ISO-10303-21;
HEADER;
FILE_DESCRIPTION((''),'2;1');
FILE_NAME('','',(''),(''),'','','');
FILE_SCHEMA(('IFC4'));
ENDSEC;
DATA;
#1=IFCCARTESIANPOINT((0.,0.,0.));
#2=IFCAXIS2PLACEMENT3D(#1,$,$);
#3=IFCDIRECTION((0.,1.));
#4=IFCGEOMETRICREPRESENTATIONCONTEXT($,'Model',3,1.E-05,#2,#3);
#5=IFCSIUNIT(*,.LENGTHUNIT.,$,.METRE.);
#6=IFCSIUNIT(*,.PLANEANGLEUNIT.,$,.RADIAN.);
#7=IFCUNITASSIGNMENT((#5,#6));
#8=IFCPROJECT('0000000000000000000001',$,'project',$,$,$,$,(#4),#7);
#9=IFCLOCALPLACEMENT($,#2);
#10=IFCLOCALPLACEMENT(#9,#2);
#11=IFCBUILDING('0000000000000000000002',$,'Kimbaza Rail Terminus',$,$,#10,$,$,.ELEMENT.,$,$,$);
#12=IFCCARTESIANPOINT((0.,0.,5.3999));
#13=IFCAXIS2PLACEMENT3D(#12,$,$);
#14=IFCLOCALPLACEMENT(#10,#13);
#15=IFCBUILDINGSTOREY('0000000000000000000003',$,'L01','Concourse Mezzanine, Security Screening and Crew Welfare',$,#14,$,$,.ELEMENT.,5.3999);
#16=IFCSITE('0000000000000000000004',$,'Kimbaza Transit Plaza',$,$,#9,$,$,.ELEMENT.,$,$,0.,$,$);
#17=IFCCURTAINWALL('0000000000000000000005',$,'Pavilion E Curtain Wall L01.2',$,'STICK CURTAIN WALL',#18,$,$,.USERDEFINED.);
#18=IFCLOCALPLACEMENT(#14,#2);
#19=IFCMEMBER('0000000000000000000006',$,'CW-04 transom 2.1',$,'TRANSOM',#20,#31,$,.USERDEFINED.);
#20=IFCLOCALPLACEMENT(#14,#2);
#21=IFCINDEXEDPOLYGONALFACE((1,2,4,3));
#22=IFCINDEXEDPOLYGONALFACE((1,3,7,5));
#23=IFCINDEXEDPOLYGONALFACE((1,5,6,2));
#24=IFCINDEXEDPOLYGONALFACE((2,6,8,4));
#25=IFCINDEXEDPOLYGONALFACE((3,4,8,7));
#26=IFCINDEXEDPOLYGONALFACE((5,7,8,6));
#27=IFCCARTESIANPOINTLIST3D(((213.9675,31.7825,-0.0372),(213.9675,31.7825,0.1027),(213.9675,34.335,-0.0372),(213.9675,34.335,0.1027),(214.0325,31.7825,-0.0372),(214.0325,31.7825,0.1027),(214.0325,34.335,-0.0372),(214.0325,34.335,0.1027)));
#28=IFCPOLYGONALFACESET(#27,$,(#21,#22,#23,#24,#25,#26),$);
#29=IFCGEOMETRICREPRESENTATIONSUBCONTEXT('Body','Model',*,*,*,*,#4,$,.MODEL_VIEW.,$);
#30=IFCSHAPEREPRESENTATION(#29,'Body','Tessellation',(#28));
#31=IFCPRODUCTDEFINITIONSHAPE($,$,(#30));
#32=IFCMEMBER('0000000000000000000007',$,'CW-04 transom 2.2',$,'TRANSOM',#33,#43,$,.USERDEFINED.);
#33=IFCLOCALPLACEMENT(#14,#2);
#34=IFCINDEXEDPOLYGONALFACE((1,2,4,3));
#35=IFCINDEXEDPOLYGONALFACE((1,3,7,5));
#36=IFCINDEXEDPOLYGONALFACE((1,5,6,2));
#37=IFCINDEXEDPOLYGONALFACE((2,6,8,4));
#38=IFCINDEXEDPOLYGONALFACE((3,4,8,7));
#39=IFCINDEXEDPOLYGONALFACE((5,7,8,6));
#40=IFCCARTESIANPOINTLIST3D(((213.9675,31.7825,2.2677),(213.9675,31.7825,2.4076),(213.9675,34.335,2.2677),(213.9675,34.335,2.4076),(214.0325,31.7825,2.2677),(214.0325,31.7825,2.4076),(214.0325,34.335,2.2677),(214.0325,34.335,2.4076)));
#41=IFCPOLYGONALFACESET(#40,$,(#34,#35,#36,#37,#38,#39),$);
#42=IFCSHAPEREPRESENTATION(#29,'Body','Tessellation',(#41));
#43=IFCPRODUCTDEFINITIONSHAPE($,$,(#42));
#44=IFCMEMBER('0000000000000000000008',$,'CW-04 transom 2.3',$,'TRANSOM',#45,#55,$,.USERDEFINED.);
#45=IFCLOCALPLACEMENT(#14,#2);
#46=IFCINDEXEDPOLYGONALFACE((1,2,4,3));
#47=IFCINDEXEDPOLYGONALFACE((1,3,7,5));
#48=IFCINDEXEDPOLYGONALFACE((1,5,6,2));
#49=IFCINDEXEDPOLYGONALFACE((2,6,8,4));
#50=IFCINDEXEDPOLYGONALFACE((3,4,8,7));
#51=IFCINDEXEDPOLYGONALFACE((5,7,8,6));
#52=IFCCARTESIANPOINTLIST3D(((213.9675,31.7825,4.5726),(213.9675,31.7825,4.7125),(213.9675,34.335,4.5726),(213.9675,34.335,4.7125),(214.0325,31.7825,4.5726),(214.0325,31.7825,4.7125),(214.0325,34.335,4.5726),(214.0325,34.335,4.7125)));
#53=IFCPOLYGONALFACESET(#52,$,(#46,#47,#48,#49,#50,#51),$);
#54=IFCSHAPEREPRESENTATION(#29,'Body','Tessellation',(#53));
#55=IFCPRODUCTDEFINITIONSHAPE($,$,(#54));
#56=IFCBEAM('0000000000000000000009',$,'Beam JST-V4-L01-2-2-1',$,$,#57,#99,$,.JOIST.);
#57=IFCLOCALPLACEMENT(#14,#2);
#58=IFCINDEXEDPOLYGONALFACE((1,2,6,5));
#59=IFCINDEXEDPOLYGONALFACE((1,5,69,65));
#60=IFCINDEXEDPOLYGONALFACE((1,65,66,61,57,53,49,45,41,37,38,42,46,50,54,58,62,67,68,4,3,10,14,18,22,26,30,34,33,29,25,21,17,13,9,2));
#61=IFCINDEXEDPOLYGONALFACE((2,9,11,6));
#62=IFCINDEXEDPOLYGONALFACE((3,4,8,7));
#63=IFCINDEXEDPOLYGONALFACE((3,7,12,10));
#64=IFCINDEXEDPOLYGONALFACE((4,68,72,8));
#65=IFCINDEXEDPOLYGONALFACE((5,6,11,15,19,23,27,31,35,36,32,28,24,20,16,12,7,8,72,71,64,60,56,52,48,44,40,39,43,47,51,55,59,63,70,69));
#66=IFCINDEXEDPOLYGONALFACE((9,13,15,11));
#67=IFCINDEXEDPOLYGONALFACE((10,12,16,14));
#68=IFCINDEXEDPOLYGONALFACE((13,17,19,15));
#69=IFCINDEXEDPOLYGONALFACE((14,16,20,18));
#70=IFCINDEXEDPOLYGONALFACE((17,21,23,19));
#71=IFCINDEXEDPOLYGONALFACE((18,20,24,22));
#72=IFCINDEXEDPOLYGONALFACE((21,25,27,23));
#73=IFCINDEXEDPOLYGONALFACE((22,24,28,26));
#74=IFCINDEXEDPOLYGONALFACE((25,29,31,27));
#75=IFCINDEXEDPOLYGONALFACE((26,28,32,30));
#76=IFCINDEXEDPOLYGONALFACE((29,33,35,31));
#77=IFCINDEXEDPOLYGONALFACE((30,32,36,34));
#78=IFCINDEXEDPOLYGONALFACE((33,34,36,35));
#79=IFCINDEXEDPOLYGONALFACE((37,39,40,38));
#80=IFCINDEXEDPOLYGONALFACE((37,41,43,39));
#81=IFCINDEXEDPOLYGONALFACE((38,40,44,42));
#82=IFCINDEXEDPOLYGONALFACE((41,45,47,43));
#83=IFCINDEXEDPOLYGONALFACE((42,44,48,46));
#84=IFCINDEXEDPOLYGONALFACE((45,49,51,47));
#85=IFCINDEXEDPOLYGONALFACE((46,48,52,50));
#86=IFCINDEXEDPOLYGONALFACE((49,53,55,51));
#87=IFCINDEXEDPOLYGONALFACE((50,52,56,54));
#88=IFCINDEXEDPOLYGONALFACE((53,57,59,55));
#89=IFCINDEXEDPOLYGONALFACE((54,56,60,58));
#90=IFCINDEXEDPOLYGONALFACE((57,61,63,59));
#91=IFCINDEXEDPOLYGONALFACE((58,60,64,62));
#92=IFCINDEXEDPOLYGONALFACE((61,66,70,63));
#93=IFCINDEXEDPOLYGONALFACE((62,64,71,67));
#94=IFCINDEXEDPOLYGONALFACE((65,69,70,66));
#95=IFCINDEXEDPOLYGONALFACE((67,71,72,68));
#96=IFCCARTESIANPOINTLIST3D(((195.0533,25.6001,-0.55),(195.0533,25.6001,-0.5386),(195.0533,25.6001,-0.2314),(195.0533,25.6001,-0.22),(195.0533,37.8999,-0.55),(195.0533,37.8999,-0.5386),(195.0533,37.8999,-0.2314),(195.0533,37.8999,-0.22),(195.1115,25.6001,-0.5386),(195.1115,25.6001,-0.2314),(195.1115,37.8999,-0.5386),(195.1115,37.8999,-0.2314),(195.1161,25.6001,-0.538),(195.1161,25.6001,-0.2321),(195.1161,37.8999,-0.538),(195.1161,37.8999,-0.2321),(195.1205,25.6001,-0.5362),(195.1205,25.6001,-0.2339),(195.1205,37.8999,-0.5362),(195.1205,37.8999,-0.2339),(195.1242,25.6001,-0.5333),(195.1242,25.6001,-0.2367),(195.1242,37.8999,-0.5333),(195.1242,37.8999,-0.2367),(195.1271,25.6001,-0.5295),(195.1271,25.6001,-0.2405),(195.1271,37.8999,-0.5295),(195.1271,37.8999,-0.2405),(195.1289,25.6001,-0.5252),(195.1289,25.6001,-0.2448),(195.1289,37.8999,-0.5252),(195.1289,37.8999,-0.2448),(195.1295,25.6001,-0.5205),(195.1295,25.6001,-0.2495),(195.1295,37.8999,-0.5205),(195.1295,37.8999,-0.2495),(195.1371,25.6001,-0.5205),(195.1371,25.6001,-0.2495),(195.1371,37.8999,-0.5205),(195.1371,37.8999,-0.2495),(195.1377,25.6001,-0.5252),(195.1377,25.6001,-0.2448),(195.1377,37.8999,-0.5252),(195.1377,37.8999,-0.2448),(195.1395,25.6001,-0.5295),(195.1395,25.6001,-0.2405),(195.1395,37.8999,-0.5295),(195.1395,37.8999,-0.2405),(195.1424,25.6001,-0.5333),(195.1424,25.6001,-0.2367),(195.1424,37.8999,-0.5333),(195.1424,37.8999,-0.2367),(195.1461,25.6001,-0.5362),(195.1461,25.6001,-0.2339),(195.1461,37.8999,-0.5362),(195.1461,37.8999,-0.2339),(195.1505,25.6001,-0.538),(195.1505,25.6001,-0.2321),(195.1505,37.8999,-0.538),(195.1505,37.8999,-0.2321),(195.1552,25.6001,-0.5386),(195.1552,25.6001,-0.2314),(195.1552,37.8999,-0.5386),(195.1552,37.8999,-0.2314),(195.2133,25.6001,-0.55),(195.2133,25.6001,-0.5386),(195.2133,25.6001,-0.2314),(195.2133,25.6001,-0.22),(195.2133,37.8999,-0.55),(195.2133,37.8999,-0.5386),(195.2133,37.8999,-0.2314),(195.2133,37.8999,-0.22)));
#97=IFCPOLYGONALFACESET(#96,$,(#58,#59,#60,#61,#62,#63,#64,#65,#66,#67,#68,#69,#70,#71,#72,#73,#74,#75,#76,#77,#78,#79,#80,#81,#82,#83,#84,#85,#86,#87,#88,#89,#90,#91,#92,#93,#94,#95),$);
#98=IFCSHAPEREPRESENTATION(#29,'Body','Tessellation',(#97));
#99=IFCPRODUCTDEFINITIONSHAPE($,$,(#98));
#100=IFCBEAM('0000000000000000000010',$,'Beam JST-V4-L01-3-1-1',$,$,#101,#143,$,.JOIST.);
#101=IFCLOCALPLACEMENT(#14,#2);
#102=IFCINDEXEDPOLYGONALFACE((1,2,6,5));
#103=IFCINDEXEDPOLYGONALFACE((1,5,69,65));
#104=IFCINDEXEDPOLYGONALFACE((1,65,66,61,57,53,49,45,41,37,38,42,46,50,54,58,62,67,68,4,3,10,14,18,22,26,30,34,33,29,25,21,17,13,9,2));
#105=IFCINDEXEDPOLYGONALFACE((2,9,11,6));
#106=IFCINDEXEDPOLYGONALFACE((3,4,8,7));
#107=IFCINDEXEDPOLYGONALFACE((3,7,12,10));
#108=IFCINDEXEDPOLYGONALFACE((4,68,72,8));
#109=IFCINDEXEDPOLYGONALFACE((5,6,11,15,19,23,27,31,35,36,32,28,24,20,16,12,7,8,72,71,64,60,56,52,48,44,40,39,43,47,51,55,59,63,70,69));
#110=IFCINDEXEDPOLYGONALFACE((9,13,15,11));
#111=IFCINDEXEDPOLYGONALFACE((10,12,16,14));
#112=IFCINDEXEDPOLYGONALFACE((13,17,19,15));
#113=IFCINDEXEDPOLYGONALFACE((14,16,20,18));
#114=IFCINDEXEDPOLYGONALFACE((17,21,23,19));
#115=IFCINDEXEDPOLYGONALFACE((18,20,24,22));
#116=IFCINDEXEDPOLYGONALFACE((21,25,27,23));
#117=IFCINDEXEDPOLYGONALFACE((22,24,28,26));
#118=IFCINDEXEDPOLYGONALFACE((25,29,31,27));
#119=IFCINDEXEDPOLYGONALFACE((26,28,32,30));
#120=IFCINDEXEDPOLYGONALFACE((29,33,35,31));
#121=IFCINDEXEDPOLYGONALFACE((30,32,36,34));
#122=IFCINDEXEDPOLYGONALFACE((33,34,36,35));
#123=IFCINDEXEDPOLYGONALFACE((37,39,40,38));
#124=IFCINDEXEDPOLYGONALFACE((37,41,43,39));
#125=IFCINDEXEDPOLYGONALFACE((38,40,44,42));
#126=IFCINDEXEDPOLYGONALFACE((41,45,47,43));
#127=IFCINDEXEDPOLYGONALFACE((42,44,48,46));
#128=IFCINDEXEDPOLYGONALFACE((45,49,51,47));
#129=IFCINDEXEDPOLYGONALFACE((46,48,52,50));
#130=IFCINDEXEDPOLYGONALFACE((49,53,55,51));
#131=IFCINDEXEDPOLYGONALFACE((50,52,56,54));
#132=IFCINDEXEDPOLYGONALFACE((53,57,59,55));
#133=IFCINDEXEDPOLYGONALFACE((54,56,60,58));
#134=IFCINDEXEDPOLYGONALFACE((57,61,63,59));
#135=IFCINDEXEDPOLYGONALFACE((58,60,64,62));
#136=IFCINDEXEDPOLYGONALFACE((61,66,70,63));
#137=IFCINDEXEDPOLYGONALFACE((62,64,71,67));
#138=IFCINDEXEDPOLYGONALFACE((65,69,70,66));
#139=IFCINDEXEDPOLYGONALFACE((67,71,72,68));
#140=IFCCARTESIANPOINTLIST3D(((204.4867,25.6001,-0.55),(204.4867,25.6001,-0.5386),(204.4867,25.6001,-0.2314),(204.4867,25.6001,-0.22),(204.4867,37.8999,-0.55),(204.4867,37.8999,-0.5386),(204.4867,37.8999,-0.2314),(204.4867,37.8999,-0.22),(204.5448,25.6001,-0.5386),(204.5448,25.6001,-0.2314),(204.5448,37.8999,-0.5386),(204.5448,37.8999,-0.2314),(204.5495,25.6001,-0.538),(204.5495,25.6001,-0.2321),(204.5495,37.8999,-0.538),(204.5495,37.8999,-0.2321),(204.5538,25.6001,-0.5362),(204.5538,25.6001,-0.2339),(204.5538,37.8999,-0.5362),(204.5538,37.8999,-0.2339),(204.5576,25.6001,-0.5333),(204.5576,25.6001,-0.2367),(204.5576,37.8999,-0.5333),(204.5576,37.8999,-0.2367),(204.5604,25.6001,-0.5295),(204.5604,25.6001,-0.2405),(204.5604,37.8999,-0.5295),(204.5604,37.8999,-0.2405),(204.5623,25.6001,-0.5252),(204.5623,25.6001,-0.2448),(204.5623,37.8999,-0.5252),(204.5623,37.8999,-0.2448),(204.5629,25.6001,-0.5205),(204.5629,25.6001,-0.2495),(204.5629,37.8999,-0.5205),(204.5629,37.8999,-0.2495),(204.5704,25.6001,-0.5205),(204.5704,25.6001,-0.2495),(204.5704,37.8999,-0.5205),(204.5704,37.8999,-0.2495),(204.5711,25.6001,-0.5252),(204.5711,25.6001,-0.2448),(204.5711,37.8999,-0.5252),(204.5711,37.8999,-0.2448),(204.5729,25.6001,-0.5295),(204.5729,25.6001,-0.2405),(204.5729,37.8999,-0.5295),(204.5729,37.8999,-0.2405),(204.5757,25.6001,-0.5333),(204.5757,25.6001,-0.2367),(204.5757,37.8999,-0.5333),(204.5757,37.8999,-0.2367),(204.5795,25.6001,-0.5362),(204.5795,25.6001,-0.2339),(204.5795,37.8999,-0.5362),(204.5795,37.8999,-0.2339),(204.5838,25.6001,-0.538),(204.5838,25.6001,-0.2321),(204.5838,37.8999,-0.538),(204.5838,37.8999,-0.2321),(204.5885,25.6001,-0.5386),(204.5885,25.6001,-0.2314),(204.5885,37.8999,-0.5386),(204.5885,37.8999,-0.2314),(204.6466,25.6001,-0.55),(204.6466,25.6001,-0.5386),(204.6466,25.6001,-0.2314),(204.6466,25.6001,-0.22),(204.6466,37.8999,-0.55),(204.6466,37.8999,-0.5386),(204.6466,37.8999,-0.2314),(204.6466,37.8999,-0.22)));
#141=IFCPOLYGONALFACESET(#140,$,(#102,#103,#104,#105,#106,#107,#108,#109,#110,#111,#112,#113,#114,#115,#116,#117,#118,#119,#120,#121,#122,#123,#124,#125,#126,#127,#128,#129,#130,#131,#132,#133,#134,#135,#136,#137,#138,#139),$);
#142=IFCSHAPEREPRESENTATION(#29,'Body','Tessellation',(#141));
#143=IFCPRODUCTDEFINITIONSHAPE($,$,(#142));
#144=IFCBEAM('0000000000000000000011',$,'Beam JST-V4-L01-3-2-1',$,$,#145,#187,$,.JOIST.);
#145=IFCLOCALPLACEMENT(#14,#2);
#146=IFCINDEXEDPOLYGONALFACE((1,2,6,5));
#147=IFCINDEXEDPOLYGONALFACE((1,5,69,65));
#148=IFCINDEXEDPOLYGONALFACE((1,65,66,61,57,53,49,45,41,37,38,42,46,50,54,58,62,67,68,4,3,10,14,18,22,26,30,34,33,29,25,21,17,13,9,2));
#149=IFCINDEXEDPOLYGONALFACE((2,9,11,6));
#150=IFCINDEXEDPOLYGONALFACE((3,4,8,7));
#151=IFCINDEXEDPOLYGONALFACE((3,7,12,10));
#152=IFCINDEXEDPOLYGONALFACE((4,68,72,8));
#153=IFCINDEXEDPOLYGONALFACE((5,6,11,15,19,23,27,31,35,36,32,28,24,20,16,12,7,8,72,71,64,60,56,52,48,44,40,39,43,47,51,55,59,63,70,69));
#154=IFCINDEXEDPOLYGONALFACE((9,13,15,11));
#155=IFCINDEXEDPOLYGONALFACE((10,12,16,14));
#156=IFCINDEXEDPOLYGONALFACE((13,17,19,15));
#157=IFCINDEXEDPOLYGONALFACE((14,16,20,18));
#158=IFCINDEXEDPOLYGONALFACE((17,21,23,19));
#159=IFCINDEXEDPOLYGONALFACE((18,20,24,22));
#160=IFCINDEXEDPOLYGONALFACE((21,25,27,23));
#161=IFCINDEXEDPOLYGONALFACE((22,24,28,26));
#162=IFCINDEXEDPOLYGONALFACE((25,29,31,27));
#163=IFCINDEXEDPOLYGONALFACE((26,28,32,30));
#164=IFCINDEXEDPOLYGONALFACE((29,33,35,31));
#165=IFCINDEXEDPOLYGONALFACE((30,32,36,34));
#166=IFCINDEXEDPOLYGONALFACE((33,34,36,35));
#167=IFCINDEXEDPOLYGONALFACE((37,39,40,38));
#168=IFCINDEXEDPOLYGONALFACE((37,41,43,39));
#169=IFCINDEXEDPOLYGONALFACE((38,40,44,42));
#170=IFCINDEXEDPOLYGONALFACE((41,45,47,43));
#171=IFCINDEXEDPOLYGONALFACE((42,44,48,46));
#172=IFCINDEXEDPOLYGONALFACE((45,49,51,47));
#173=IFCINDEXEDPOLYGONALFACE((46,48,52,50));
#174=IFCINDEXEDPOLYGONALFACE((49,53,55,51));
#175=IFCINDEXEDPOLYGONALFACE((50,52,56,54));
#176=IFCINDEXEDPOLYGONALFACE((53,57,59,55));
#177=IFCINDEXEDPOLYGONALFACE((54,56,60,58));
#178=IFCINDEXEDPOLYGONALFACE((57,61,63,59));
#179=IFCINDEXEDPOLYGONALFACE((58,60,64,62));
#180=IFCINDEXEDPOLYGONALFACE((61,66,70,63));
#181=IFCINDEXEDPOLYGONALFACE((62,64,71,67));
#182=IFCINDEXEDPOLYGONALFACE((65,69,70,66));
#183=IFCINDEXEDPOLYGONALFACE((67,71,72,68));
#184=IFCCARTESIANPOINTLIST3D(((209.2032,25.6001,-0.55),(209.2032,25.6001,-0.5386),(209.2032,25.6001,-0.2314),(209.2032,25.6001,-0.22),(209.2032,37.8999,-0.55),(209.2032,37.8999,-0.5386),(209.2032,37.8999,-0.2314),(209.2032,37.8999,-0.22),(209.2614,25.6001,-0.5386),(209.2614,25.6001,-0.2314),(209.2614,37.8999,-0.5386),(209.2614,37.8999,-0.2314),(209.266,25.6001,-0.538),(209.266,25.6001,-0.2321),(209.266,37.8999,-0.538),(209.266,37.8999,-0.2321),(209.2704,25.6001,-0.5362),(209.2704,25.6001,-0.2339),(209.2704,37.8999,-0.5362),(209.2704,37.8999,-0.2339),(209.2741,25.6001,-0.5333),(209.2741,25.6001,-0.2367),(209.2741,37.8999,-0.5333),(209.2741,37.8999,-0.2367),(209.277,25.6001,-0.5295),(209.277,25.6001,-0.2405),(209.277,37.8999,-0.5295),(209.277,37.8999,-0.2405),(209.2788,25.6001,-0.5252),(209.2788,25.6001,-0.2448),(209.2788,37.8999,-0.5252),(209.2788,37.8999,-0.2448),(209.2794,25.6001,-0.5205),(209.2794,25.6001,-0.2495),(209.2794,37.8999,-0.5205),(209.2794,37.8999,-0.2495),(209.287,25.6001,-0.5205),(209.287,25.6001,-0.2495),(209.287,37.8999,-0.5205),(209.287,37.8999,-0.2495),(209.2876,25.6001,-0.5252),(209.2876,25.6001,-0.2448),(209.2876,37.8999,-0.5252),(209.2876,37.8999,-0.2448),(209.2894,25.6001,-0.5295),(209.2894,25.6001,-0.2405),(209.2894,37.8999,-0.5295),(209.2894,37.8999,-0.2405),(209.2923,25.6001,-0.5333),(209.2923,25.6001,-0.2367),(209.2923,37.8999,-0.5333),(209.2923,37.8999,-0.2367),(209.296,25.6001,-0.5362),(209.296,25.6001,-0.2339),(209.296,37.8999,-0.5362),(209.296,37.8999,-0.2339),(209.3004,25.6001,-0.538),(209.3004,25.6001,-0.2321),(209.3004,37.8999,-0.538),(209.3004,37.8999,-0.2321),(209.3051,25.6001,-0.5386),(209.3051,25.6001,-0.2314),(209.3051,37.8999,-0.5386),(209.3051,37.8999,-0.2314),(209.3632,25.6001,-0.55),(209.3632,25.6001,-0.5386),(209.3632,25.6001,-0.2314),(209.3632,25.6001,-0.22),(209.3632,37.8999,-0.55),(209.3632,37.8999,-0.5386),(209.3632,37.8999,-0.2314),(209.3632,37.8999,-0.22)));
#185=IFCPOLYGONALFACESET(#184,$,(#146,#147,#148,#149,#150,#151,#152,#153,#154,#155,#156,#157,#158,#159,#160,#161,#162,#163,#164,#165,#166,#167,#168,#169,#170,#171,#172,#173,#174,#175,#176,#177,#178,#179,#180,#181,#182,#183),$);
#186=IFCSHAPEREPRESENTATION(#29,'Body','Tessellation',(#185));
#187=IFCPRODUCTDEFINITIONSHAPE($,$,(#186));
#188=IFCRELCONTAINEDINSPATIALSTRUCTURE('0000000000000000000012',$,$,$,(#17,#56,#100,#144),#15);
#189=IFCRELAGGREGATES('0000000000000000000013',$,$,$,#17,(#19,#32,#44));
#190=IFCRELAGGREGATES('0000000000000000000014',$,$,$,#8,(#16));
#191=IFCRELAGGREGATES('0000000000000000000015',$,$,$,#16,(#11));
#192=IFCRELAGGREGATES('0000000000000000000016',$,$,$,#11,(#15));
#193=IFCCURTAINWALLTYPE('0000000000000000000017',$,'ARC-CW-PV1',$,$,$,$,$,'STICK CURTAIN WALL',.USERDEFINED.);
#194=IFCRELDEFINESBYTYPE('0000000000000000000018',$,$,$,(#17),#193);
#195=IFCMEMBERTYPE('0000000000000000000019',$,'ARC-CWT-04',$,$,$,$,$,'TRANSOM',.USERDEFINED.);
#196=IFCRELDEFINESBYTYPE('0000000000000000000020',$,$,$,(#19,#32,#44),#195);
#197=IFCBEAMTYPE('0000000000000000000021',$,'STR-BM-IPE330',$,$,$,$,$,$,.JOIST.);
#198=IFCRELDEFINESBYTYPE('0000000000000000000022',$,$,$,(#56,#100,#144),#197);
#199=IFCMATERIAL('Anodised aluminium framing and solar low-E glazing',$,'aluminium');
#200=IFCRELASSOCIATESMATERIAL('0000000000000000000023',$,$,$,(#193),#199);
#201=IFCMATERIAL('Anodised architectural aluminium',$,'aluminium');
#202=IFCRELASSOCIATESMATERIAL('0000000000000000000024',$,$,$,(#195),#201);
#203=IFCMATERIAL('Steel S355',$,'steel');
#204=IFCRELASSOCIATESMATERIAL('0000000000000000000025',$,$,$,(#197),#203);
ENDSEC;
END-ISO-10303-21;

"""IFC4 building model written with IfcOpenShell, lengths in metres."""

from ifc_helpers import new_model, si_unit, direction, frame, origin, origin_2d, place, context, subcontext, project, spatial, rectangle, i_section, extrude, material, material_profile, profile_set, type_object, element, aggregate, save


model = new_model("IFC4")

# Units and contexts
model_context = context("Model", 3, precision=1e-05, world=origin(), true_north=direction((0.0, 1.0)))
body_context = subcontext(model_context, "Body", "Model", "MODEL_VIEW")
ifc_project = project(units=[si_unit("LENGTHUNIT", "METRE"), si_unit("PLANEANGLEUNIT", "RADIAN")], contexts=[model_context])

# Site, building, storey
site_placement = place(None, origin())
site = spatial("IfcSite", under=ifc_project, at=site_placement, Name="Kimbaza Transit Plaza", CompositionType="ELEMENT", RefElevation=0.0)
building_placement = place(site_placement, origin())
building = spatial("IfcBuilding", under=site, at=building_placement, Name="Kimbaza Rail Terminus", CompositionType="ELEMENT")
storey_placement = place(building_placement, frame((0.0, 0.0, 5.3999)))
storey = spatial("IfcBuildingStorey", under=building, at=storey_placement, Name="L01", Description="Concourse Mezzanine, Security Screening and Crew Welfare", CompositionType="ELEMENT", Elevation=5.3999)

# Shared definitions
ifc_material_1 = material(Name="Anodised aluminium framing and solar low-E glazing", Category="aluminium")
curtain_wall_type = type_object("IfcCurtainWallType", Name="ARC-CW-PV1", ElementType="STICK CURTAIN WALL", PredefinedType="USERDEFINED", material=ifc_material_1)

# Curtain wall, members
curtain_wall_1_placement = place(storey_placement, origin())
curtain_wall_1 = element("IfcCurtainWall", 1, at=curtain_wall_1_placement, inside=storey, type_object=curtain_wall_type, Name="Pavilion E Curtain Wall L01.2", ObjectType="STICK CURTAIN WALL", PredefinedType="USERDEFINED")
ifc_material_2 = material(Name="Anodised architectural aluminium", Category="aluminium")
ifc_material_profile_1 = material_profile(ifc_material_2, rectangle(XDim=0.0649, YDim=0.1399, at=origin_2d()), Name="TRANSOM 65x140")
ifc_profile_set_1 = profile_set([ifc_material_profile_1], Name="Anodised architectural aluminium")
member_type_1 = type_object("IfcMemberType", Name="ARC-CWT-04", ElementType="TRANSOM", PredefinedType="USERDEFINED", material=ifc_profile_set_1)
member_1_placement = place(storey_placement, frame((214.0, 31.7825, 0.0327), z_axis=(0.0, 1.0, 0.0), x_axis=(-1.0, 0.0, 0.0)))
member_1 = element("IfcMember", 2, at=member_1_placement, type_object=member_type_1, Name="CW-04 transom 2.1", ObjectType="TRANSOM", PredefinedType="USERDEFINED", context=body_context, shape_type="SweptSolid", body=[
    extrude(rectangle(XDim=0.0649, YDim=0.1399, at=origin_2d()), origin(), (0.0, 0.0, 1.0), 2.5525),
])
member_2_placement = place(storey_placement, frame((214.0, 31.7825, 2.3376), z_axis=(0.0, 1.0, 0.0), x_axis=(-1.0, 0.0, 0.0)))
member_2 = element("IfcMember", 3, at=member_2_placement, type_object=member_type_1, Name="CW-04 transom 2.2", ObjectType="TRANSOM", PredefinedType="USERDEFINED", context=body_context, shape_type="SweptSolid", body=[
    extrude(rectangle(XDim=0.0649, YDim=0.1399, at=origin_2d()), origin(), (0.0, 0.0, 1.0), 2.5525),
])
member_3_placement = place(storey_placement, frame((214.0, 31.7825, 4.6426), z_axis=(0.0, 1.0, 0.0), x_axis=(-1.0, 0.0, 0.0)))
member_3 = element("IfcMember", 4, at=member_3_placement, type_object=member_type_1, Name="CW-04 transom 2.3", ObjectType="TRANSOM", PredefinedType="USERDEFINED", context=body_context, shape_type="SweptSolid", body=[
    extrude(rectangle(XDim=0.0649, YDim=0.1399, at=origin_2d()), origin(), (0.0, 0.0, 1.0), 2.5525),
])

# Beams
ifc_material_3 = material(Name="Steel S355", Category="steel")
ifc_material_profile_2 = material_profile(ifc_material_3, i_section(OverallWidth=0.1599, OverallDepth=0.3301, WebThickness=0.0076, FlangeThickness=0.0115, FilletRadius=0.0181, at=origin_2d()), Name="IPE 330")
ifc_profile_set_2 = profile_set([ifc_material_profile_2], Name="Steel S355")
beam_type_1 = type_object("IfcBeamType", Name="STR-BM-IPE330", PredefinedType="JOIST", material=ifc_profile_set_2)
for number, where, z_axis, x_axis, name in (
    (5, (195.1333, 25.6001, -0.385), (0.0, 1.0, 0.0), (-1.0, 0.0, 0.0), "Beam JST-V4-L01-2-2-1"),
    (6, (204.5667, 25.6001, -0.385), (0.0, 1.0, 0.0), (-1.0, 0.0, 0.0), "Beam JST-V4-L01-3-1-1"),
    (7, (209.2832, 25.6001, -0.385), (0.0, 1.0, 0.0), (-1.0, 0.0, 0.0), "Beam JST-V4-L01-3-2-1"),
):
    element("IfcBeam", number, at=place(storey_placement, frame(where, z_axis=z_axis, x_axis=x_axis)), inside=storey, type_object=beam_type_1, Name=name, PredefinedType="JOIST", context=body_context, shape_type="SweptSolid", body=[
        extrude(i_section(OverallWidth=0.1599, OverallDepth=0.3301, WebThickness=0.0076, FlangeThickness=0.0115, FilletRadius=0.0181, at=origin_2d()), origin(), (0.0, 0.0, 1.0), 12.2998),
    ])

aggregate(curtain_wall_1, [member_1, member_2, member_3])

save(model, "model.ifc")
